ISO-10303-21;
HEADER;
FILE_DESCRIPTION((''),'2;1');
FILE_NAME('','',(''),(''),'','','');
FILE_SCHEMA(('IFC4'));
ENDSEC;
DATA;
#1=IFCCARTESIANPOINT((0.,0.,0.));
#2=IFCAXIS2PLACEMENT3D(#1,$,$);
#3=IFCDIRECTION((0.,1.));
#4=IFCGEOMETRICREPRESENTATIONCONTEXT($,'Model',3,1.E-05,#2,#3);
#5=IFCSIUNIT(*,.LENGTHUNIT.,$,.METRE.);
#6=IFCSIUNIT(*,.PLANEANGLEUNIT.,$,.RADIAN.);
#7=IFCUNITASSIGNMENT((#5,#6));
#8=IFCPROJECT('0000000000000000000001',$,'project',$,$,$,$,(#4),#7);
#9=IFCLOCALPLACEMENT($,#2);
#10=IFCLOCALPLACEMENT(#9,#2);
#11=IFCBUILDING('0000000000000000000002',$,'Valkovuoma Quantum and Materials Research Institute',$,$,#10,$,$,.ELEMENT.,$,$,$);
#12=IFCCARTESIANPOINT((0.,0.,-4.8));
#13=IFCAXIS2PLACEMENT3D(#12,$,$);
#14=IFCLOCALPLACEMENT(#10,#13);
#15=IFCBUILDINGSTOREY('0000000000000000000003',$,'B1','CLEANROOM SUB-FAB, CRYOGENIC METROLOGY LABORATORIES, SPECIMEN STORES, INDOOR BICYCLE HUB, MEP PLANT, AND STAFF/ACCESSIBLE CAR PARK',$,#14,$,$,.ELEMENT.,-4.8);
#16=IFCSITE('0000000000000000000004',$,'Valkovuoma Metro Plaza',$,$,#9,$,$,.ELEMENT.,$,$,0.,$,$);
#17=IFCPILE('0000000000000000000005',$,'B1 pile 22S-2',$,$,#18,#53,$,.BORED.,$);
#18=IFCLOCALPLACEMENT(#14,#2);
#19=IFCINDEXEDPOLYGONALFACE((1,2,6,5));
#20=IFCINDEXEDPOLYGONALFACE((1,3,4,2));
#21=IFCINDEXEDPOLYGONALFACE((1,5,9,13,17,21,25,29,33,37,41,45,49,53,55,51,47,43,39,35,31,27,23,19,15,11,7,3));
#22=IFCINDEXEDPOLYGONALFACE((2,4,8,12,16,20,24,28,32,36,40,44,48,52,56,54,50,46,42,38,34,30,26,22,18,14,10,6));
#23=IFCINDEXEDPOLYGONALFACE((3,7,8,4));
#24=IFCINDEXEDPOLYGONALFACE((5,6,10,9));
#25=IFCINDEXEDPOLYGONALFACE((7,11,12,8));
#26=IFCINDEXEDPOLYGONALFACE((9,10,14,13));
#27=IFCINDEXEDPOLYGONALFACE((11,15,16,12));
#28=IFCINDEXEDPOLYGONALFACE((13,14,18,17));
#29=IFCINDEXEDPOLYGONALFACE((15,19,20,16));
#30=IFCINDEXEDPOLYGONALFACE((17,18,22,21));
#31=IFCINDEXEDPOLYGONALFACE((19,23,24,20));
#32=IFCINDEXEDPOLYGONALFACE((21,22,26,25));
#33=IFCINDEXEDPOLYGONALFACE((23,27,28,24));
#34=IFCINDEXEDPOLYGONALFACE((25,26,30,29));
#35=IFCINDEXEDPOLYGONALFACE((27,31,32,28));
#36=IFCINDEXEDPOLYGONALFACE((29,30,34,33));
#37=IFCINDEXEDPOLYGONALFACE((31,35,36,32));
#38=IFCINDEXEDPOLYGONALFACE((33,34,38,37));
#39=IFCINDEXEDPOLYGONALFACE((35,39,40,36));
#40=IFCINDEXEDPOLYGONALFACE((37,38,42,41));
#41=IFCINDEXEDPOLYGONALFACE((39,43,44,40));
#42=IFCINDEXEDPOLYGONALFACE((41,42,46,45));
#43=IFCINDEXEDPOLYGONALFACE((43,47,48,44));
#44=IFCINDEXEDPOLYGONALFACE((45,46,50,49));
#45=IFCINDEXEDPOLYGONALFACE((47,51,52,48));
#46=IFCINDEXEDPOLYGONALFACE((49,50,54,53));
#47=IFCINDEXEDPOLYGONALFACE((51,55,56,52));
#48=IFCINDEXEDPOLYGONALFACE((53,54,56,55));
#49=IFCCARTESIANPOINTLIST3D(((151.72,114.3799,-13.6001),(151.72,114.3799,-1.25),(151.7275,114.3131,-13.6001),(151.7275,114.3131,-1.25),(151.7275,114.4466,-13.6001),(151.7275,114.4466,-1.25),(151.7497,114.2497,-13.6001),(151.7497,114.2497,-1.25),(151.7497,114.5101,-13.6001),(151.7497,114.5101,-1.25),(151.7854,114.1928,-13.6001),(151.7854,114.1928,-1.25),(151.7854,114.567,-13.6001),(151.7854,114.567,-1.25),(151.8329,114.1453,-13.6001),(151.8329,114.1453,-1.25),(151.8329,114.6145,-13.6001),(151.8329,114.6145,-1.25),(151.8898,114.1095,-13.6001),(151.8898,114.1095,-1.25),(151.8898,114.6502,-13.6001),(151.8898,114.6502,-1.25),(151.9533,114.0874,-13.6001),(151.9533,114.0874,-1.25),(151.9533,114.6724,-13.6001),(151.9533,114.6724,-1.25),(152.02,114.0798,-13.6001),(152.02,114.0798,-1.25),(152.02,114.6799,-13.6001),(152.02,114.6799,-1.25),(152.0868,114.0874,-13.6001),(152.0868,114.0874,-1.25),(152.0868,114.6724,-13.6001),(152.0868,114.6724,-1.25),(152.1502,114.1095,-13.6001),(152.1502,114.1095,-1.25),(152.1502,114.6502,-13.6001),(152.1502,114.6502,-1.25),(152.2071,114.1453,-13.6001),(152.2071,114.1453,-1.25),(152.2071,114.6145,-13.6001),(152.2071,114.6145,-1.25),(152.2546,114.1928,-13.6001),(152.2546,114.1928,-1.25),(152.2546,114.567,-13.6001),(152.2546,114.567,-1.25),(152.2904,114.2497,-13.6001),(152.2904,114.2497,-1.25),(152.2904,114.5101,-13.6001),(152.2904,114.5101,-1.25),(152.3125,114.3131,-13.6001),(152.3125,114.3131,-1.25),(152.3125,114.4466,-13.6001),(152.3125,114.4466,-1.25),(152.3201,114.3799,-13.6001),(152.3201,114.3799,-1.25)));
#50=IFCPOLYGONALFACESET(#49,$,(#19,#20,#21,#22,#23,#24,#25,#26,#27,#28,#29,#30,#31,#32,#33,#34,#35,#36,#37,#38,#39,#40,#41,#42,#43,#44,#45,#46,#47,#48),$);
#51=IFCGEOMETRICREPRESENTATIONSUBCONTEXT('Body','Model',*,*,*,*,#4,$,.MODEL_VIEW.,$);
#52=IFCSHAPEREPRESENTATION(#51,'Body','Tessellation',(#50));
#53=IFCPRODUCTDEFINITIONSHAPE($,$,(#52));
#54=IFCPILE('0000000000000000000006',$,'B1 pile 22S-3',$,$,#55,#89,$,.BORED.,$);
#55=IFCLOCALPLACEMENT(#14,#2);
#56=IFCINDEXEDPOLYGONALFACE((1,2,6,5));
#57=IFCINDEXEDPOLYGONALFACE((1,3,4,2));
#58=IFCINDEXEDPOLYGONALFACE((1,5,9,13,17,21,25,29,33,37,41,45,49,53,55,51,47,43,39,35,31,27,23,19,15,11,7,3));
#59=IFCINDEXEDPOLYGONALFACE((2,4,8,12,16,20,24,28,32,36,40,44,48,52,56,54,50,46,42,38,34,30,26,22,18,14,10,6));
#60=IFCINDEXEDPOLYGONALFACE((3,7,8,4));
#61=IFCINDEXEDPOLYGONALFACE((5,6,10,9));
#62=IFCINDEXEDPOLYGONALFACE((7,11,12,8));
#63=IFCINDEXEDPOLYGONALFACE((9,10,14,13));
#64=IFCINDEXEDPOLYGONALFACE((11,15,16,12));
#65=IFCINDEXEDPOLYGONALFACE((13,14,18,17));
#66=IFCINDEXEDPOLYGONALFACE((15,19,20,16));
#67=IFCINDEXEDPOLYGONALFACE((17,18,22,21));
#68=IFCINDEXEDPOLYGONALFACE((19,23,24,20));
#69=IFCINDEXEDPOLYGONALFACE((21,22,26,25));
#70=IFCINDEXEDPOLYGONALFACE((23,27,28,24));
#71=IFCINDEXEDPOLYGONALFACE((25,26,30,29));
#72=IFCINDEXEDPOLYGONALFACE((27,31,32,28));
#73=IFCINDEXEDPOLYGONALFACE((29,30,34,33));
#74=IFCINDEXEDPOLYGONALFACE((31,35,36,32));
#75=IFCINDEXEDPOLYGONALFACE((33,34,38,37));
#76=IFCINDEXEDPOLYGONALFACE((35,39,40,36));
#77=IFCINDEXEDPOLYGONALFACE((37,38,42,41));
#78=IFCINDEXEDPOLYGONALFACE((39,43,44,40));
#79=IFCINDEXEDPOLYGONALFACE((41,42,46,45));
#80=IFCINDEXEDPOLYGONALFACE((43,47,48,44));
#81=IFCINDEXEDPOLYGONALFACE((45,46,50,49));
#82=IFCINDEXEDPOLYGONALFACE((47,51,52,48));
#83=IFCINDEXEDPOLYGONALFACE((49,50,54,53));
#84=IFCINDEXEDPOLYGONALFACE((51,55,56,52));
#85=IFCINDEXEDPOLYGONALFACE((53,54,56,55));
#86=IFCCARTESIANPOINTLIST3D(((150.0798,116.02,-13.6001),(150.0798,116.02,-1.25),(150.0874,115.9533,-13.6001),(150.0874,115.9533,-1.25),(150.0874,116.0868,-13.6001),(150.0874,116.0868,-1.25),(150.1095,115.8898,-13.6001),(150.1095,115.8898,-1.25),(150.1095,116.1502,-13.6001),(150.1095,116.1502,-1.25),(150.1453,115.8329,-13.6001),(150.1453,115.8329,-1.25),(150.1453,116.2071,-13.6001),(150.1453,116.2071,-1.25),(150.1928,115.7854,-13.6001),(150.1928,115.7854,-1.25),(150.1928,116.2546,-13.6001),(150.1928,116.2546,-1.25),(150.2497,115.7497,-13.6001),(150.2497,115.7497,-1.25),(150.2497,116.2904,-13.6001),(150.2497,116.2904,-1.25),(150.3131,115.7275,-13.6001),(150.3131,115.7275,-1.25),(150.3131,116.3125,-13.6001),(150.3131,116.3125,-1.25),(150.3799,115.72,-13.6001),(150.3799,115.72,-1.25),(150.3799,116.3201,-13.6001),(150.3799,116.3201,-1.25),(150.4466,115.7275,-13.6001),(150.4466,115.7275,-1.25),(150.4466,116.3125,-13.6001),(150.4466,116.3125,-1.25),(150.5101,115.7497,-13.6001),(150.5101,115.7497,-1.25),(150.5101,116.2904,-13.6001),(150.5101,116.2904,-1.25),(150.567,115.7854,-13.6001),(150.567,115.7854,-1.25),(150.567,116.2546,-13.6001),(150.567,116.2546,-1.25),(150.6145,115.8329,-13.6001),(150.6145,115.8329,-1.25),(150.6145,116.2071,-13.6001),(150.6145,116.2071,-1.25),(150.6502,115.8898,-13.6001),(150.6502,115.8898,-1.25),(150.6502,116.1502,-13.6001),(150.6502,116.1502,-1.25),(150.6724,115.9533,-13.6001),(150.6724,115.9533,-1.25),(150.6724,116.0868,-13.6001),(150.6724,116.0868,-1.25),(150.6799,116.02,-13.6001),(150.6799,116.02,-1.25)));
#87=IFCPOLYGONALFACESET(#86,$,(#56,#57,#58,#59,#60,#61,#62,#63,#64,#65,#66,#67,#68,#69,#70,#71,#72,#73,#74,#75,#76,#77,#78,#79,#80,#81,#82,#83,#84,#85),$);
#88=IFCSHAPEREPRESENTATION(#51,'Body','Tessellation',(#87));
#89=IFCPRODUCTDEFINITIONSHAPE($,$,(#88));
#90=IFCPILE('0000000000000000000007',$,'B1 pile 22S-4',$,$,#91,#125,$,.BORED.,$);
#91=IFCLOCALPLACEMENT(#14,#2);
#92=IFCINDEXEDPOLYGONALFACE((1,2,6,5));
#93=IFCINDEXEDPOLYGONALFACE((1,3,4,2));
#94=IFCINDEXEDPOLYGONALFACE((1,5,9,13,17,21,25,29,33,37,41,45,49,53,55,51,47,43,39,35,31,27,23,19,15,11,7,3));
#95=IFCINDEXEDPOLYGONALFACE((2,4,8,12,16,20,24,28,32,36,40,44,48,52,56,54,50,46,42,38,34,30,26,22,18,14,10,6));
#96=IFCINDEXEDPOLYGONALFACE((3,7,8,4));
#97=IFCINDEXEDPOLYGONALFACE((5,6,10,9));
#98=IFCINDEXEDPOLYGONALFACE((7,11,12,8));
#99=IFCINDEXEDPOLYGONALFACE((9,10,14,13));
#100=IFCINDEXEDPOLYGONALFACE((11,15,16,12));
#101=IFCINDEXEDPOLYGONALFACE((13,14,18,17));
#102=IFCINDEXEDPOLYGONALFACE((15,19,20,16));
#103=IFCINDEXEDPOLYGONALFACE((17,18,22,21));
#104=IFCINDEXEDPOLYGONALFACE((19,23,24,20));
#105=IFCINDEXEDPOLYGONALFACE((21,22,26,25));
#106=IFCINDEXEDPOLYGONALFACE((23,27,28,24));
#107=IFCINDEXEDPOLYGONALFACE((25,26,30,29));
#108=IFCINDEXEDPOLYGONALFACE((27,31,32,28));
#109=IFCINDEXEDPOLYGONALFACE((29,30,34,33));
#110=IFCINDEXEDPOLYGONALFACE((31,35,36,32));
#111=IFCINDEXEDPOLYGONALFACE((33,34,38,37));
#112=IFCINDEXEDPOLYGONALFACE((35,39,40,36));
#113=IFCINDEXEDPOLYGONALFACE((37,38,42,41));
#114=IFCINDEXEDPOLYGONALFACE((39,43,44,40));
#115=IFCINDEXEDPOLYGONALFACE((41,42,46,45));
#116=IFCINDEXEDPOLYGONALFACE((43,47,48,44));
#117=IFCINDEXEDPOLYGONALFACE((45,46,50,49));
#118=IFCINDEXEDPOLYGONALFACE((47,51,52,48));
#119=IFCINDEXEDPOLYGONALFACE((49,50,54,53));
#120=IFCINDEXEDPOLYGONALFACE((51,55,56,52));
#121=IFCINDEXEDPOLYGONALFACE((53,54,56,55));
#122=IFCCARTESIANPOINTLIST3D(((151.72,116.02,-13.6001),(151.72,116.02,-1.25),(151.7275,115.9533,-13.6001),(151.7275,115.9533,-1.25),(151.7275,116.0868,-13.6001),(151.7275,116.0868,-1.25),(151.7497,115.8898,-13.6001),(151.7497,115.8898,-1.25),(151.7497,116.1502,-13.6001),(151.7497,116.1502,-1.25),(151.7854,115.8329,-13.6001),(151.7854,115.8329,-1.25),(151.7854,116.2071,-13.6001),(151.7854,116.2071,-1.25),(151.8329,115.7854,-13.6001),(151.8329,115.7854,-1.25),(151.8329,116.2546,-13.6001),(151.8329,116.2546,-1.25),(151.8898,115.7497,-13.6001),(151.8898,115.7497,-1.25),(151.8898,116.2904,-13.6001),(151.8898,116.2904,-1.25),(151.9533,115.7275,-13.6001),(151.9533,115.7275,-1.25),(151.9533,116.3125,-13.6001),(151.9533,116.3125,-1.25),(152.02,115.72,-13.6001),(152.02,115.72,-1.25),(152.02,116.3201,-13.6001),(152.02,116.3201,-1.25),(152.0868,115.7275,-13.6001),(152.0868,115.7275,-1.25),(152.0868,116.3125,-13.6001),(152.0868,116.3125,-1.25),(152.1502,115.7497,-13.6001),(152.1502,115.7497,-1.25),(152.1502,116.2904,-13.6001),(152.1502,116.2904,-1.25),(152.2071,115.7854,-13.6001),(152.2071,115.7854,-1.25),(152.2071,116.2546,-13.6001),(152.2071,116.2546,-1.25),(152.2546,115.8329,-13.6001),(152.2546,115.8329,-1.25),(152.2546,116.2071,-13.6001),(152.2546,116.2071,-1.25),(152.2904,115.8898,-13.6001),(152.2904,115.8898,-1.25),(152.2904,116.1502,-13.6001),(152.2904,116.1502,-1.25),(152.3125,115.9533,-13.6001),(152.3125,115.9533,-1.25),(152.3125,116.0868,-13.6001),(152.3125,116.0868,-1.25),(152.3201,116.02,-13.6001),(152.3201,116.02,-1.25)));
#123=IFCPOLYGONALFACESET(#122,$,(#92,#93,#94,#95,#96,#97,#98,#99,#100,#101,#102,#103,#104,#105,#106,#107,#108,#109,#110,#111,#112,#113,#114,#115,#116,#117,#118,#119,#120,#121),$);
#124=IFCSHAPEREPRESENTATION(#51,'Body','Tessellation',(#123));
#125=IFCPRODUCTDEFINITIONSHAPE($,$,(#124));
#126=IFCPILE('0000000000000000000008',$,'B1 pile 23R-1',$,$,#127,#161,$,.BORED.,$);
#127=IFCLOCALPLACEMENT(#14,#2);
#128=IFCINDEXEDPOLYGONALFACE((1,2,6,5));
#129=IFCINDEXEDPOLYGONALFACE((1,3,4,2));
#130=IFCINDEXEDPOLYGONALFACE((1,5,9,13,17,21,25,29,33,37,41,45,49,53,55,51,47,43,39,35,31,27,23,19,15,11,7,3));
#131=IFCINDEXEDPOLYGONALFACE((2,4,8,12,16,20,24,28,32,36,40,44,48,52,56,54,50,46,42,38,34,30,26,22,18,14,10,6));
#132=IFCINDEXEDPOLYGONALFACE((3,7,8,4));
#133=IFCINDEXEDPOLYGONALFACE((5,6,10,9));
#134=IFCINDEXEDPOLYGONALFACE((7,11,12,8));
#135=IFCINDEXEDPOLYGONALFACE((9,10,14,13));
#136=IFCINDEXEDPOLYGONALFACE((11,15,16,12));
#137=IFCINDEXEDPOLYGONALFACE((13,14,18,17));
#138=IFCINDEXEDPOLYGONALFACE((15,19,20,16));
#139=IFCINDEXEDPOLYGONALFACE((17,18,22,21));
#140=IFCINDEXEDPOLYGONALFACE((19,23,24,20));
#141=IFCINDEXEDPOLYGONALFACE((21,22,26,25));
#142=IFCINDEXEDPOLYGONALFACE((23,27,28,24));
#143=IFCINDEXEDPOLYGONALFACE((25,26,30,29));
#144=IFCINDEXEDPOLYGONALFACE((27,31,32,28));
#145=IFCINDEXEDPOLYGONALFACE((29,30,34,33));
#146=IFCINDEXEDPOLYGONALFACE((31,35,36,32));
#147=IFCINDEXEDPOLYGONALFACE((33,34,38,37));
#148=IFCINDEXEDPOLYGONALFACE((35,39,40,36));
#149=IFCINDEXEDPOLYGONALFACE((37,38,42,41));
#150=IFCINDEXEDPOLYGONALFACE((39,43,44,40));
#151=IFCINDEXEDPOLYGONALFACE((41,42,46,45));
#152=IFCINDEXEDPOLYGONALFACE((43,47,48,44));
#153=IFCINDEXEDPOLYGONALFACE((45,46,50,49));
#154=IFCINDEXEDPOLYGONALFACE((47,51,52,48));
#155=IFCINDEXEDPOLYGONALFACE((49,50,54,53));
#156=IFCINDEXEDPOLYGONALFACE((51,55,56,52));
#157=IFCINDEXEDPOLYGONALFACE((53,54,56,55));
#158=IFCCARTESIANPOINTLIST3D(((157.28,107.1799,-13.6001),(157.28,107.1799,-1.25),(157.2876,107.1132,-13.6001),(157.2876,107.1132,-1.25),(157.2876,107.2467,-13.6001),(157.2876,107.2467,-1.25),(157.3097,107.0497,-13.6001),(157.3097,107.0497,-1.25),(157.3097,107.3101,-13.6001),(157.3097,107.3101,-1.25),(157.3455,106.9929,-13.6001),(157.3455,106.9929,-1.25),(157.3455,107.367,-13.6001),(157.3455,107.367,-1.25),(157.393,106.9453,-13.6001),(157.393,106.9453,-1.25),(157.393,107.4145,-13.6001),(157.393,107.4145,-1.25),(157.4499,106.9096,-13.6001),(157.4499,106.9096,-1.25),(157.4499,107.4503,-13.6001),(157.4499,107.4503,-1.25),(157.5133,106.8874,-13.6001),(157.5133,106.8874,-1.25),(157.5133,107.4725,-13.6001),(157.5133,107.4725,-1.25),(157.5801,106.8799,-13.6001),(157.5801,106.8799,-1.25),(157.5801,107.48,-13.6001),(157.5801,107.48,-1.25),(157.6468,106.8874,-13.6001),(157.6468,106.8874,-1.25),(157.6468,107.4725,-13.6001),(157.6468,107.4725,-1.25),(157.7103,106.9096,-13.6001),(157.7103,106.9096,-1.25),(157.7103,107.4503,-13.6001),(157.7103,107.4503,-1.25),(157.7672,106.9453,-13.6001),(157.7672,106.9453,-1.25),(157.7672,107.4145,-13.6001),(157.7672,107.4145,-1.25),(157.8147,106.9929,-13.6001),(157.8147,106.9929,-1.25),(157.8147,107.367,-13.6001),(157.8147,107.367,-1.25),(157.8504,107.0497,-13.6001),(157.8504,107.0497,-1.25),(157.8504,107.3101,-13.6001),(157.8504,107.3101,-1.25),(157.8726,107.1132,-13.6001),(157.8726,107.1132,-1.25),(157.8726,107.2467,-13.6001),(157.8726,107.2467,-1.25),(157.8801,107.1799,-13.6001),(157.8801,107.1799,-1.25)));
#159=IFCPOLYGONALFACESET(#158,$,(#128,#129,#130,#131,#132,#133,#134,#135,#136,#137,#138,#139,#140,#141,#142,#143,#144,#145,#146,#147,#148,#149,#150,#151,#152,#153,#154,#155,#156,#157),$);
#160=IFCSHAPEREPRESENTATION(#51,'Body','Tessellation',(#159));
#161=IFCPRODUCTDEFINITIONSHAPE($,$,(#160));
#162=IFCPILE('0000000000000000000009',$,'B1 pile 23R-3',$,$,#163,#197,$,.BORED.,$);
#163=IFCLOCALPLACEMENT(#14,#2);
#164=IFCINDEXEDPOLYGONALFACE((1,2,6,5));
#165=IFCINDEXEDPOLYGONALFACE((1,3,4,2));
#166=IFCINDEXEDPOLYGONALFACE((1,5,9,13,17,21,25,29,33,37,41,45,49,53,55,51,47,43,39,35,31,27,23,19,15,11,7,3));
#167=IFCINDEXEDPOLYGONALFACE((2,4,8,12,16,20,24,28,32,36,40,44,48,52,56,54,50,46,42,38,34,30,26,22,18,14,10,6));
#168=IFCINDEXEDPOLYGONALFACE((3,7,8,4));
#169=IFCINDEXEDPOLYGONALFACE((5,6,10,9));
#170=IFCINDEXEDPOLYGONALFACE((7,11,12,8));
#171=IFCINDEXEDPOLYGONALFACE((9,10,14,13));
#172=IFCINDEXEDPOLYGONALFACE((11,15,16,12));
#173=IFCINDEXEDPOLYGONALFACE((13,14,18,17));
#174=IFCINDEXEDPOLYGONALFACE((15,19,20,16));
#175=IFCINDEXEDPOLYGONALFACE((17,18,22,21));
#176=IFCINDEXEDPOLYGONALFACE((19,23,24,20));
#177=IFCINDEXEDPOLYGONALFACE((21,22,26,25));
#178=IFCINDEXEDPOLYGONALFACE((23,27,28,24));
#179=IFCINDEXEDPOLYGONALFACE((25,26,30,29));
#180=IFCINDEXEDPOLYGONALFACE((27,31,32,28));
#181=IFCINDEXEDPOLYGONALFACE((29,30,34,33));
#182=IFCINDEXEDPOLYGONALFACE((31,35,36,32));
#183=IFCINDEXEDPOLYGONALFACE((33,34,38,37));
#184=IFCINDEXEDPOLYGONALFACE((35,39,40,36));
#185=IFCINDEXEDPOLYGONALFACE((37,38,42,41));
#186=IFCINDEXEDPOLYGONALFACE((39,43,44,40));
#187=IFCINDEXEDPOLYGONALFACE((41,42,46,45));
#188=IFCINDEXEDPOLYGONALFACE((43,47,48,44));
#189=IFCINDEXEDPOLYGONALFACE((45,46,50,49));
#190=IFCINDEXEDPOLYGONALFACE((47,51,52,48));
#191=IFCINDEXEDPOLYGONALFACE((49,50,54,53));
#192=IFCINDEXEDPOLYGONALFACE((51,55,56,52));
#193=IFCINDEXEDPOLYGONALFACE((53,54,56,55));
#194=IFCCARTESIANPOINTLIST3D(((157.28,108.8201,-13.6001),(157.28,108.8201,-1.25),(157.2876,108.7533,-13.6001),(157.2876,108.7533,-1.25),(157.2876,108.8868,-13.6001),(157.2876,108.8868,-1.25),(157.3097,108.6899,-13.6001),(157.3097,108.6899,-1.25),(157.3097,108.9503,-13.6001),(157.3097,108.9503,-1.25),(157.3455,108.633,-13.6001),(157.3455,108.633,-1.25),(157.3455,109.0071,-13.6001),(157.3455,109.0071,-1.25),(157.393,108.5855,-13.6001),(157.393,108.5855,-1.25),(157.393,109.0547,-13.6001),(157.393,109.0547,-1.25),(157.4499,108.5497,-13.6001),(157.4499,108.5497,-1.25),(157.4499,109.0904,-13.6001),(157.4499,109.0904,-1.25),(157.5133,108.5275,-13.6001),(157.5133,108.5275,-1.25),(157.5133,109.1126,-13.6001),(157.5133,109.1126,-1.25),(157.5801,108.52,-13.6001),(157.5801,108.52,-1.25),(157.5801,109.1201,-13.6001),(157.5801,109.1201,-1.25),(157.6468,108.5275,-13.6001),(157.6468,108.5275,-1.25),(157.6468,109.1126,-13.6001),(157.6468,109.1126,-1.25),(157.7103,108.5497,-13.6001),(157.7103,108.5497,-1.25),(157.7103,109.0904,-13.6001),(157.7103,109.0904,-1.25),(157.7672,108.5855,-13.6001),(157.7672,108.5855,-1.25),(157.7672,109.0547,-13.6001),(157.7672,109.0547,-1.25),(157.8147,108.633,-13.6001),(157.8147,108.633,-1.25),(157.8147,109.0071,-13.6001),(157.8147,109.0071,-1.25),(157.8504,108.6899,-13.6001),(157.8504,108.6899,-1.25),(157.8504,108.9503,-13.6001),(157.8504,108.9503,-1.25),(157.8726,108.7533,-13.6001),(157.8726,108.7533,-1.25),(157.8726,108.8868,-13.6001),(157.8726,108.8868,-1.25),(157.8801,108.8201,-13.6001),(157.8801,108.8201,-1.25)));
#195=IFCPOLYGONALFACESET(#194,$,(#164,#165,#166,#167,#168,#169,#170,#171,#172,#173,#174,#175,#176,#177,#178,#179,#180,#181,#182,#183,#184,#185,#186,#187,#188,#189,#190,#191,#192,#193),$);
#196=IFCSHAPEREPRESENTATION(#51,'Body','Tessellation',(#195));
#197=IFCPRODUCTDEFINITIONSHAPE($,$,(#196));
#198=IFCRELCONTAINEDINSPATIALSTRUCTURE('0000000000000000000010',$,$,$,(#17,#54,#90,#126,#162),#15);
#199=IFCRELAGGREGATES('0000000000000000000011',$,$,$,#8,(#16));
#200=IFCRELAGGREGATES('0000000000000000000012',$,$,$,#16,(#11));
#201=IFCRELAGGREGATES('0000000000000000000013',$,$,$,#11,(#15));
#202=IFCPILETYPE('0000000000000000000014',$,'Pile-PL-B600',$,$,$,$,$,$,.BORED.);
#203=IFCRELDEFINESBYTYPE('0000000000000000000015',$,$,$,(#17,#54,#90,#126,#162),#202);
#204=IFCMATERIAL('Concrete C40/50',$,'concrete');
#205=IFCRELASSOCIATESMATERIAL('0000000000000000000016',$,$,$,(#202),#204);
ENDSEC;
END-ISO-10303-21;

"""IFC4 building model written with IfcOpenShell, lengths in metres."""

from ifc_helpers import new_model, si_unit, direction, frame, origin, origin_2d, place, context, subcontext, project, spatial, circle, extrude, material, material_profile, profile_set, type_object, element, save


model = new_model("IFC4")

# Units and contexts
model_context = context("Model", 3, precision=1e-05, world=origin(), true_north=direction((0.0, 1.0)))
body_context = subcontext(model_context, "Body", "Model", "MODEL_VIEW")
ifc_project = project(units=[si_unit("LENGTHUNIT", "METRE"), si_unit("PLANEANGLEUNIT", "RADIAN")], contexts=[model_context])

# Site, building, storey
site_placement = place(None, origin())
site = spatial("IfcSite", under=ifc_project, at=site_placement, Name="Valkovuoma Metro Plaza", CompositionType="ELEMENT", RefElevation=0.0)
building_placement = place(site_placement, origin())
building = spatial("IfcBuilding", under=site, at=building_placement, Name="Valkovuoma Quantum and Materials Research Institute", CompositionType="ELEMENT")
storey_placement = place(building_placement, frame((0.0, 0.0, -4.8)))
storey = spatial("IfcBuildingStorey", under=building, at=storey_placement, Name="B1", Description="CLEANROOM SUB-FAB, CRYOGENIC METROLOGY LABORATORIES, SPECIMEN STORES, INDOOR BICYCLE HUB, MEP PLANT, AND STAFF/ACCESSIBLE CAR PARK", CompositionType="ELEMENT", Elevation=-4.8)

# Piles
ifc_material_1 = material(Name="Concrete C40/50", Category="concrete")
ifc_material_profile_1 = material_profile(ifc_material_1, circle(Radius=0.3, at=origin_2d()), Name="Concrete C40/50")
ifc_profile_set_1 = profile_set([ifc_material_profile_1], Name="Concrete C40/50")
pile_type_1 = type_object("IfcPileType", Name="Pile-PL-B600", PredefinedType="BORED", material=ifc_profile_set_1)
for number, where, z_axis, x_axis, name in (
    (1, (152.02, 114.3799, -1.25), (0.0, 0.0, -1.0), (1.0, 0.0, 0.0), "B1 pile 22S-2"),
    (2, (150.3799, 116.02, -1.25), (0.0, 0.0, -1.0), (1.0, 0.0, 0.0), "B1 pile 22S-3"),
    (3, (152.02, 116.02, -1.25), (0.0, 0.0, -1.0), (1.0, 0.0, 0.0), "B1 pile 22S-4"),
    (4, (157.5801, 107.1799, -1.25), (0.0, 0.0, -1.0), (1.0, 0.0, 0.0), "B1 pile 23R-1"),
    (5, (157.5801, 108.8201, -1.25), (0.0, 0.0, -1.0), (1.0, 0.0, 0.0), "B1 pile 23R-3"),
):
    element("IfcPile", number, at=place(storey_placement, frame(where, z_axis=z_axis, x_axis=x_axis)), inside=storey, type_object=pile_type_1, Name=name, PredefinedType="BORED", context=body_context, shape_type="SweptSolid", body=[
        extrude(circle(Radius=0.3, at=origin_2d()), origin(), (0.0, 0.0, 1.0), 12.3501),
    ])

save(model, "model.ifc")
